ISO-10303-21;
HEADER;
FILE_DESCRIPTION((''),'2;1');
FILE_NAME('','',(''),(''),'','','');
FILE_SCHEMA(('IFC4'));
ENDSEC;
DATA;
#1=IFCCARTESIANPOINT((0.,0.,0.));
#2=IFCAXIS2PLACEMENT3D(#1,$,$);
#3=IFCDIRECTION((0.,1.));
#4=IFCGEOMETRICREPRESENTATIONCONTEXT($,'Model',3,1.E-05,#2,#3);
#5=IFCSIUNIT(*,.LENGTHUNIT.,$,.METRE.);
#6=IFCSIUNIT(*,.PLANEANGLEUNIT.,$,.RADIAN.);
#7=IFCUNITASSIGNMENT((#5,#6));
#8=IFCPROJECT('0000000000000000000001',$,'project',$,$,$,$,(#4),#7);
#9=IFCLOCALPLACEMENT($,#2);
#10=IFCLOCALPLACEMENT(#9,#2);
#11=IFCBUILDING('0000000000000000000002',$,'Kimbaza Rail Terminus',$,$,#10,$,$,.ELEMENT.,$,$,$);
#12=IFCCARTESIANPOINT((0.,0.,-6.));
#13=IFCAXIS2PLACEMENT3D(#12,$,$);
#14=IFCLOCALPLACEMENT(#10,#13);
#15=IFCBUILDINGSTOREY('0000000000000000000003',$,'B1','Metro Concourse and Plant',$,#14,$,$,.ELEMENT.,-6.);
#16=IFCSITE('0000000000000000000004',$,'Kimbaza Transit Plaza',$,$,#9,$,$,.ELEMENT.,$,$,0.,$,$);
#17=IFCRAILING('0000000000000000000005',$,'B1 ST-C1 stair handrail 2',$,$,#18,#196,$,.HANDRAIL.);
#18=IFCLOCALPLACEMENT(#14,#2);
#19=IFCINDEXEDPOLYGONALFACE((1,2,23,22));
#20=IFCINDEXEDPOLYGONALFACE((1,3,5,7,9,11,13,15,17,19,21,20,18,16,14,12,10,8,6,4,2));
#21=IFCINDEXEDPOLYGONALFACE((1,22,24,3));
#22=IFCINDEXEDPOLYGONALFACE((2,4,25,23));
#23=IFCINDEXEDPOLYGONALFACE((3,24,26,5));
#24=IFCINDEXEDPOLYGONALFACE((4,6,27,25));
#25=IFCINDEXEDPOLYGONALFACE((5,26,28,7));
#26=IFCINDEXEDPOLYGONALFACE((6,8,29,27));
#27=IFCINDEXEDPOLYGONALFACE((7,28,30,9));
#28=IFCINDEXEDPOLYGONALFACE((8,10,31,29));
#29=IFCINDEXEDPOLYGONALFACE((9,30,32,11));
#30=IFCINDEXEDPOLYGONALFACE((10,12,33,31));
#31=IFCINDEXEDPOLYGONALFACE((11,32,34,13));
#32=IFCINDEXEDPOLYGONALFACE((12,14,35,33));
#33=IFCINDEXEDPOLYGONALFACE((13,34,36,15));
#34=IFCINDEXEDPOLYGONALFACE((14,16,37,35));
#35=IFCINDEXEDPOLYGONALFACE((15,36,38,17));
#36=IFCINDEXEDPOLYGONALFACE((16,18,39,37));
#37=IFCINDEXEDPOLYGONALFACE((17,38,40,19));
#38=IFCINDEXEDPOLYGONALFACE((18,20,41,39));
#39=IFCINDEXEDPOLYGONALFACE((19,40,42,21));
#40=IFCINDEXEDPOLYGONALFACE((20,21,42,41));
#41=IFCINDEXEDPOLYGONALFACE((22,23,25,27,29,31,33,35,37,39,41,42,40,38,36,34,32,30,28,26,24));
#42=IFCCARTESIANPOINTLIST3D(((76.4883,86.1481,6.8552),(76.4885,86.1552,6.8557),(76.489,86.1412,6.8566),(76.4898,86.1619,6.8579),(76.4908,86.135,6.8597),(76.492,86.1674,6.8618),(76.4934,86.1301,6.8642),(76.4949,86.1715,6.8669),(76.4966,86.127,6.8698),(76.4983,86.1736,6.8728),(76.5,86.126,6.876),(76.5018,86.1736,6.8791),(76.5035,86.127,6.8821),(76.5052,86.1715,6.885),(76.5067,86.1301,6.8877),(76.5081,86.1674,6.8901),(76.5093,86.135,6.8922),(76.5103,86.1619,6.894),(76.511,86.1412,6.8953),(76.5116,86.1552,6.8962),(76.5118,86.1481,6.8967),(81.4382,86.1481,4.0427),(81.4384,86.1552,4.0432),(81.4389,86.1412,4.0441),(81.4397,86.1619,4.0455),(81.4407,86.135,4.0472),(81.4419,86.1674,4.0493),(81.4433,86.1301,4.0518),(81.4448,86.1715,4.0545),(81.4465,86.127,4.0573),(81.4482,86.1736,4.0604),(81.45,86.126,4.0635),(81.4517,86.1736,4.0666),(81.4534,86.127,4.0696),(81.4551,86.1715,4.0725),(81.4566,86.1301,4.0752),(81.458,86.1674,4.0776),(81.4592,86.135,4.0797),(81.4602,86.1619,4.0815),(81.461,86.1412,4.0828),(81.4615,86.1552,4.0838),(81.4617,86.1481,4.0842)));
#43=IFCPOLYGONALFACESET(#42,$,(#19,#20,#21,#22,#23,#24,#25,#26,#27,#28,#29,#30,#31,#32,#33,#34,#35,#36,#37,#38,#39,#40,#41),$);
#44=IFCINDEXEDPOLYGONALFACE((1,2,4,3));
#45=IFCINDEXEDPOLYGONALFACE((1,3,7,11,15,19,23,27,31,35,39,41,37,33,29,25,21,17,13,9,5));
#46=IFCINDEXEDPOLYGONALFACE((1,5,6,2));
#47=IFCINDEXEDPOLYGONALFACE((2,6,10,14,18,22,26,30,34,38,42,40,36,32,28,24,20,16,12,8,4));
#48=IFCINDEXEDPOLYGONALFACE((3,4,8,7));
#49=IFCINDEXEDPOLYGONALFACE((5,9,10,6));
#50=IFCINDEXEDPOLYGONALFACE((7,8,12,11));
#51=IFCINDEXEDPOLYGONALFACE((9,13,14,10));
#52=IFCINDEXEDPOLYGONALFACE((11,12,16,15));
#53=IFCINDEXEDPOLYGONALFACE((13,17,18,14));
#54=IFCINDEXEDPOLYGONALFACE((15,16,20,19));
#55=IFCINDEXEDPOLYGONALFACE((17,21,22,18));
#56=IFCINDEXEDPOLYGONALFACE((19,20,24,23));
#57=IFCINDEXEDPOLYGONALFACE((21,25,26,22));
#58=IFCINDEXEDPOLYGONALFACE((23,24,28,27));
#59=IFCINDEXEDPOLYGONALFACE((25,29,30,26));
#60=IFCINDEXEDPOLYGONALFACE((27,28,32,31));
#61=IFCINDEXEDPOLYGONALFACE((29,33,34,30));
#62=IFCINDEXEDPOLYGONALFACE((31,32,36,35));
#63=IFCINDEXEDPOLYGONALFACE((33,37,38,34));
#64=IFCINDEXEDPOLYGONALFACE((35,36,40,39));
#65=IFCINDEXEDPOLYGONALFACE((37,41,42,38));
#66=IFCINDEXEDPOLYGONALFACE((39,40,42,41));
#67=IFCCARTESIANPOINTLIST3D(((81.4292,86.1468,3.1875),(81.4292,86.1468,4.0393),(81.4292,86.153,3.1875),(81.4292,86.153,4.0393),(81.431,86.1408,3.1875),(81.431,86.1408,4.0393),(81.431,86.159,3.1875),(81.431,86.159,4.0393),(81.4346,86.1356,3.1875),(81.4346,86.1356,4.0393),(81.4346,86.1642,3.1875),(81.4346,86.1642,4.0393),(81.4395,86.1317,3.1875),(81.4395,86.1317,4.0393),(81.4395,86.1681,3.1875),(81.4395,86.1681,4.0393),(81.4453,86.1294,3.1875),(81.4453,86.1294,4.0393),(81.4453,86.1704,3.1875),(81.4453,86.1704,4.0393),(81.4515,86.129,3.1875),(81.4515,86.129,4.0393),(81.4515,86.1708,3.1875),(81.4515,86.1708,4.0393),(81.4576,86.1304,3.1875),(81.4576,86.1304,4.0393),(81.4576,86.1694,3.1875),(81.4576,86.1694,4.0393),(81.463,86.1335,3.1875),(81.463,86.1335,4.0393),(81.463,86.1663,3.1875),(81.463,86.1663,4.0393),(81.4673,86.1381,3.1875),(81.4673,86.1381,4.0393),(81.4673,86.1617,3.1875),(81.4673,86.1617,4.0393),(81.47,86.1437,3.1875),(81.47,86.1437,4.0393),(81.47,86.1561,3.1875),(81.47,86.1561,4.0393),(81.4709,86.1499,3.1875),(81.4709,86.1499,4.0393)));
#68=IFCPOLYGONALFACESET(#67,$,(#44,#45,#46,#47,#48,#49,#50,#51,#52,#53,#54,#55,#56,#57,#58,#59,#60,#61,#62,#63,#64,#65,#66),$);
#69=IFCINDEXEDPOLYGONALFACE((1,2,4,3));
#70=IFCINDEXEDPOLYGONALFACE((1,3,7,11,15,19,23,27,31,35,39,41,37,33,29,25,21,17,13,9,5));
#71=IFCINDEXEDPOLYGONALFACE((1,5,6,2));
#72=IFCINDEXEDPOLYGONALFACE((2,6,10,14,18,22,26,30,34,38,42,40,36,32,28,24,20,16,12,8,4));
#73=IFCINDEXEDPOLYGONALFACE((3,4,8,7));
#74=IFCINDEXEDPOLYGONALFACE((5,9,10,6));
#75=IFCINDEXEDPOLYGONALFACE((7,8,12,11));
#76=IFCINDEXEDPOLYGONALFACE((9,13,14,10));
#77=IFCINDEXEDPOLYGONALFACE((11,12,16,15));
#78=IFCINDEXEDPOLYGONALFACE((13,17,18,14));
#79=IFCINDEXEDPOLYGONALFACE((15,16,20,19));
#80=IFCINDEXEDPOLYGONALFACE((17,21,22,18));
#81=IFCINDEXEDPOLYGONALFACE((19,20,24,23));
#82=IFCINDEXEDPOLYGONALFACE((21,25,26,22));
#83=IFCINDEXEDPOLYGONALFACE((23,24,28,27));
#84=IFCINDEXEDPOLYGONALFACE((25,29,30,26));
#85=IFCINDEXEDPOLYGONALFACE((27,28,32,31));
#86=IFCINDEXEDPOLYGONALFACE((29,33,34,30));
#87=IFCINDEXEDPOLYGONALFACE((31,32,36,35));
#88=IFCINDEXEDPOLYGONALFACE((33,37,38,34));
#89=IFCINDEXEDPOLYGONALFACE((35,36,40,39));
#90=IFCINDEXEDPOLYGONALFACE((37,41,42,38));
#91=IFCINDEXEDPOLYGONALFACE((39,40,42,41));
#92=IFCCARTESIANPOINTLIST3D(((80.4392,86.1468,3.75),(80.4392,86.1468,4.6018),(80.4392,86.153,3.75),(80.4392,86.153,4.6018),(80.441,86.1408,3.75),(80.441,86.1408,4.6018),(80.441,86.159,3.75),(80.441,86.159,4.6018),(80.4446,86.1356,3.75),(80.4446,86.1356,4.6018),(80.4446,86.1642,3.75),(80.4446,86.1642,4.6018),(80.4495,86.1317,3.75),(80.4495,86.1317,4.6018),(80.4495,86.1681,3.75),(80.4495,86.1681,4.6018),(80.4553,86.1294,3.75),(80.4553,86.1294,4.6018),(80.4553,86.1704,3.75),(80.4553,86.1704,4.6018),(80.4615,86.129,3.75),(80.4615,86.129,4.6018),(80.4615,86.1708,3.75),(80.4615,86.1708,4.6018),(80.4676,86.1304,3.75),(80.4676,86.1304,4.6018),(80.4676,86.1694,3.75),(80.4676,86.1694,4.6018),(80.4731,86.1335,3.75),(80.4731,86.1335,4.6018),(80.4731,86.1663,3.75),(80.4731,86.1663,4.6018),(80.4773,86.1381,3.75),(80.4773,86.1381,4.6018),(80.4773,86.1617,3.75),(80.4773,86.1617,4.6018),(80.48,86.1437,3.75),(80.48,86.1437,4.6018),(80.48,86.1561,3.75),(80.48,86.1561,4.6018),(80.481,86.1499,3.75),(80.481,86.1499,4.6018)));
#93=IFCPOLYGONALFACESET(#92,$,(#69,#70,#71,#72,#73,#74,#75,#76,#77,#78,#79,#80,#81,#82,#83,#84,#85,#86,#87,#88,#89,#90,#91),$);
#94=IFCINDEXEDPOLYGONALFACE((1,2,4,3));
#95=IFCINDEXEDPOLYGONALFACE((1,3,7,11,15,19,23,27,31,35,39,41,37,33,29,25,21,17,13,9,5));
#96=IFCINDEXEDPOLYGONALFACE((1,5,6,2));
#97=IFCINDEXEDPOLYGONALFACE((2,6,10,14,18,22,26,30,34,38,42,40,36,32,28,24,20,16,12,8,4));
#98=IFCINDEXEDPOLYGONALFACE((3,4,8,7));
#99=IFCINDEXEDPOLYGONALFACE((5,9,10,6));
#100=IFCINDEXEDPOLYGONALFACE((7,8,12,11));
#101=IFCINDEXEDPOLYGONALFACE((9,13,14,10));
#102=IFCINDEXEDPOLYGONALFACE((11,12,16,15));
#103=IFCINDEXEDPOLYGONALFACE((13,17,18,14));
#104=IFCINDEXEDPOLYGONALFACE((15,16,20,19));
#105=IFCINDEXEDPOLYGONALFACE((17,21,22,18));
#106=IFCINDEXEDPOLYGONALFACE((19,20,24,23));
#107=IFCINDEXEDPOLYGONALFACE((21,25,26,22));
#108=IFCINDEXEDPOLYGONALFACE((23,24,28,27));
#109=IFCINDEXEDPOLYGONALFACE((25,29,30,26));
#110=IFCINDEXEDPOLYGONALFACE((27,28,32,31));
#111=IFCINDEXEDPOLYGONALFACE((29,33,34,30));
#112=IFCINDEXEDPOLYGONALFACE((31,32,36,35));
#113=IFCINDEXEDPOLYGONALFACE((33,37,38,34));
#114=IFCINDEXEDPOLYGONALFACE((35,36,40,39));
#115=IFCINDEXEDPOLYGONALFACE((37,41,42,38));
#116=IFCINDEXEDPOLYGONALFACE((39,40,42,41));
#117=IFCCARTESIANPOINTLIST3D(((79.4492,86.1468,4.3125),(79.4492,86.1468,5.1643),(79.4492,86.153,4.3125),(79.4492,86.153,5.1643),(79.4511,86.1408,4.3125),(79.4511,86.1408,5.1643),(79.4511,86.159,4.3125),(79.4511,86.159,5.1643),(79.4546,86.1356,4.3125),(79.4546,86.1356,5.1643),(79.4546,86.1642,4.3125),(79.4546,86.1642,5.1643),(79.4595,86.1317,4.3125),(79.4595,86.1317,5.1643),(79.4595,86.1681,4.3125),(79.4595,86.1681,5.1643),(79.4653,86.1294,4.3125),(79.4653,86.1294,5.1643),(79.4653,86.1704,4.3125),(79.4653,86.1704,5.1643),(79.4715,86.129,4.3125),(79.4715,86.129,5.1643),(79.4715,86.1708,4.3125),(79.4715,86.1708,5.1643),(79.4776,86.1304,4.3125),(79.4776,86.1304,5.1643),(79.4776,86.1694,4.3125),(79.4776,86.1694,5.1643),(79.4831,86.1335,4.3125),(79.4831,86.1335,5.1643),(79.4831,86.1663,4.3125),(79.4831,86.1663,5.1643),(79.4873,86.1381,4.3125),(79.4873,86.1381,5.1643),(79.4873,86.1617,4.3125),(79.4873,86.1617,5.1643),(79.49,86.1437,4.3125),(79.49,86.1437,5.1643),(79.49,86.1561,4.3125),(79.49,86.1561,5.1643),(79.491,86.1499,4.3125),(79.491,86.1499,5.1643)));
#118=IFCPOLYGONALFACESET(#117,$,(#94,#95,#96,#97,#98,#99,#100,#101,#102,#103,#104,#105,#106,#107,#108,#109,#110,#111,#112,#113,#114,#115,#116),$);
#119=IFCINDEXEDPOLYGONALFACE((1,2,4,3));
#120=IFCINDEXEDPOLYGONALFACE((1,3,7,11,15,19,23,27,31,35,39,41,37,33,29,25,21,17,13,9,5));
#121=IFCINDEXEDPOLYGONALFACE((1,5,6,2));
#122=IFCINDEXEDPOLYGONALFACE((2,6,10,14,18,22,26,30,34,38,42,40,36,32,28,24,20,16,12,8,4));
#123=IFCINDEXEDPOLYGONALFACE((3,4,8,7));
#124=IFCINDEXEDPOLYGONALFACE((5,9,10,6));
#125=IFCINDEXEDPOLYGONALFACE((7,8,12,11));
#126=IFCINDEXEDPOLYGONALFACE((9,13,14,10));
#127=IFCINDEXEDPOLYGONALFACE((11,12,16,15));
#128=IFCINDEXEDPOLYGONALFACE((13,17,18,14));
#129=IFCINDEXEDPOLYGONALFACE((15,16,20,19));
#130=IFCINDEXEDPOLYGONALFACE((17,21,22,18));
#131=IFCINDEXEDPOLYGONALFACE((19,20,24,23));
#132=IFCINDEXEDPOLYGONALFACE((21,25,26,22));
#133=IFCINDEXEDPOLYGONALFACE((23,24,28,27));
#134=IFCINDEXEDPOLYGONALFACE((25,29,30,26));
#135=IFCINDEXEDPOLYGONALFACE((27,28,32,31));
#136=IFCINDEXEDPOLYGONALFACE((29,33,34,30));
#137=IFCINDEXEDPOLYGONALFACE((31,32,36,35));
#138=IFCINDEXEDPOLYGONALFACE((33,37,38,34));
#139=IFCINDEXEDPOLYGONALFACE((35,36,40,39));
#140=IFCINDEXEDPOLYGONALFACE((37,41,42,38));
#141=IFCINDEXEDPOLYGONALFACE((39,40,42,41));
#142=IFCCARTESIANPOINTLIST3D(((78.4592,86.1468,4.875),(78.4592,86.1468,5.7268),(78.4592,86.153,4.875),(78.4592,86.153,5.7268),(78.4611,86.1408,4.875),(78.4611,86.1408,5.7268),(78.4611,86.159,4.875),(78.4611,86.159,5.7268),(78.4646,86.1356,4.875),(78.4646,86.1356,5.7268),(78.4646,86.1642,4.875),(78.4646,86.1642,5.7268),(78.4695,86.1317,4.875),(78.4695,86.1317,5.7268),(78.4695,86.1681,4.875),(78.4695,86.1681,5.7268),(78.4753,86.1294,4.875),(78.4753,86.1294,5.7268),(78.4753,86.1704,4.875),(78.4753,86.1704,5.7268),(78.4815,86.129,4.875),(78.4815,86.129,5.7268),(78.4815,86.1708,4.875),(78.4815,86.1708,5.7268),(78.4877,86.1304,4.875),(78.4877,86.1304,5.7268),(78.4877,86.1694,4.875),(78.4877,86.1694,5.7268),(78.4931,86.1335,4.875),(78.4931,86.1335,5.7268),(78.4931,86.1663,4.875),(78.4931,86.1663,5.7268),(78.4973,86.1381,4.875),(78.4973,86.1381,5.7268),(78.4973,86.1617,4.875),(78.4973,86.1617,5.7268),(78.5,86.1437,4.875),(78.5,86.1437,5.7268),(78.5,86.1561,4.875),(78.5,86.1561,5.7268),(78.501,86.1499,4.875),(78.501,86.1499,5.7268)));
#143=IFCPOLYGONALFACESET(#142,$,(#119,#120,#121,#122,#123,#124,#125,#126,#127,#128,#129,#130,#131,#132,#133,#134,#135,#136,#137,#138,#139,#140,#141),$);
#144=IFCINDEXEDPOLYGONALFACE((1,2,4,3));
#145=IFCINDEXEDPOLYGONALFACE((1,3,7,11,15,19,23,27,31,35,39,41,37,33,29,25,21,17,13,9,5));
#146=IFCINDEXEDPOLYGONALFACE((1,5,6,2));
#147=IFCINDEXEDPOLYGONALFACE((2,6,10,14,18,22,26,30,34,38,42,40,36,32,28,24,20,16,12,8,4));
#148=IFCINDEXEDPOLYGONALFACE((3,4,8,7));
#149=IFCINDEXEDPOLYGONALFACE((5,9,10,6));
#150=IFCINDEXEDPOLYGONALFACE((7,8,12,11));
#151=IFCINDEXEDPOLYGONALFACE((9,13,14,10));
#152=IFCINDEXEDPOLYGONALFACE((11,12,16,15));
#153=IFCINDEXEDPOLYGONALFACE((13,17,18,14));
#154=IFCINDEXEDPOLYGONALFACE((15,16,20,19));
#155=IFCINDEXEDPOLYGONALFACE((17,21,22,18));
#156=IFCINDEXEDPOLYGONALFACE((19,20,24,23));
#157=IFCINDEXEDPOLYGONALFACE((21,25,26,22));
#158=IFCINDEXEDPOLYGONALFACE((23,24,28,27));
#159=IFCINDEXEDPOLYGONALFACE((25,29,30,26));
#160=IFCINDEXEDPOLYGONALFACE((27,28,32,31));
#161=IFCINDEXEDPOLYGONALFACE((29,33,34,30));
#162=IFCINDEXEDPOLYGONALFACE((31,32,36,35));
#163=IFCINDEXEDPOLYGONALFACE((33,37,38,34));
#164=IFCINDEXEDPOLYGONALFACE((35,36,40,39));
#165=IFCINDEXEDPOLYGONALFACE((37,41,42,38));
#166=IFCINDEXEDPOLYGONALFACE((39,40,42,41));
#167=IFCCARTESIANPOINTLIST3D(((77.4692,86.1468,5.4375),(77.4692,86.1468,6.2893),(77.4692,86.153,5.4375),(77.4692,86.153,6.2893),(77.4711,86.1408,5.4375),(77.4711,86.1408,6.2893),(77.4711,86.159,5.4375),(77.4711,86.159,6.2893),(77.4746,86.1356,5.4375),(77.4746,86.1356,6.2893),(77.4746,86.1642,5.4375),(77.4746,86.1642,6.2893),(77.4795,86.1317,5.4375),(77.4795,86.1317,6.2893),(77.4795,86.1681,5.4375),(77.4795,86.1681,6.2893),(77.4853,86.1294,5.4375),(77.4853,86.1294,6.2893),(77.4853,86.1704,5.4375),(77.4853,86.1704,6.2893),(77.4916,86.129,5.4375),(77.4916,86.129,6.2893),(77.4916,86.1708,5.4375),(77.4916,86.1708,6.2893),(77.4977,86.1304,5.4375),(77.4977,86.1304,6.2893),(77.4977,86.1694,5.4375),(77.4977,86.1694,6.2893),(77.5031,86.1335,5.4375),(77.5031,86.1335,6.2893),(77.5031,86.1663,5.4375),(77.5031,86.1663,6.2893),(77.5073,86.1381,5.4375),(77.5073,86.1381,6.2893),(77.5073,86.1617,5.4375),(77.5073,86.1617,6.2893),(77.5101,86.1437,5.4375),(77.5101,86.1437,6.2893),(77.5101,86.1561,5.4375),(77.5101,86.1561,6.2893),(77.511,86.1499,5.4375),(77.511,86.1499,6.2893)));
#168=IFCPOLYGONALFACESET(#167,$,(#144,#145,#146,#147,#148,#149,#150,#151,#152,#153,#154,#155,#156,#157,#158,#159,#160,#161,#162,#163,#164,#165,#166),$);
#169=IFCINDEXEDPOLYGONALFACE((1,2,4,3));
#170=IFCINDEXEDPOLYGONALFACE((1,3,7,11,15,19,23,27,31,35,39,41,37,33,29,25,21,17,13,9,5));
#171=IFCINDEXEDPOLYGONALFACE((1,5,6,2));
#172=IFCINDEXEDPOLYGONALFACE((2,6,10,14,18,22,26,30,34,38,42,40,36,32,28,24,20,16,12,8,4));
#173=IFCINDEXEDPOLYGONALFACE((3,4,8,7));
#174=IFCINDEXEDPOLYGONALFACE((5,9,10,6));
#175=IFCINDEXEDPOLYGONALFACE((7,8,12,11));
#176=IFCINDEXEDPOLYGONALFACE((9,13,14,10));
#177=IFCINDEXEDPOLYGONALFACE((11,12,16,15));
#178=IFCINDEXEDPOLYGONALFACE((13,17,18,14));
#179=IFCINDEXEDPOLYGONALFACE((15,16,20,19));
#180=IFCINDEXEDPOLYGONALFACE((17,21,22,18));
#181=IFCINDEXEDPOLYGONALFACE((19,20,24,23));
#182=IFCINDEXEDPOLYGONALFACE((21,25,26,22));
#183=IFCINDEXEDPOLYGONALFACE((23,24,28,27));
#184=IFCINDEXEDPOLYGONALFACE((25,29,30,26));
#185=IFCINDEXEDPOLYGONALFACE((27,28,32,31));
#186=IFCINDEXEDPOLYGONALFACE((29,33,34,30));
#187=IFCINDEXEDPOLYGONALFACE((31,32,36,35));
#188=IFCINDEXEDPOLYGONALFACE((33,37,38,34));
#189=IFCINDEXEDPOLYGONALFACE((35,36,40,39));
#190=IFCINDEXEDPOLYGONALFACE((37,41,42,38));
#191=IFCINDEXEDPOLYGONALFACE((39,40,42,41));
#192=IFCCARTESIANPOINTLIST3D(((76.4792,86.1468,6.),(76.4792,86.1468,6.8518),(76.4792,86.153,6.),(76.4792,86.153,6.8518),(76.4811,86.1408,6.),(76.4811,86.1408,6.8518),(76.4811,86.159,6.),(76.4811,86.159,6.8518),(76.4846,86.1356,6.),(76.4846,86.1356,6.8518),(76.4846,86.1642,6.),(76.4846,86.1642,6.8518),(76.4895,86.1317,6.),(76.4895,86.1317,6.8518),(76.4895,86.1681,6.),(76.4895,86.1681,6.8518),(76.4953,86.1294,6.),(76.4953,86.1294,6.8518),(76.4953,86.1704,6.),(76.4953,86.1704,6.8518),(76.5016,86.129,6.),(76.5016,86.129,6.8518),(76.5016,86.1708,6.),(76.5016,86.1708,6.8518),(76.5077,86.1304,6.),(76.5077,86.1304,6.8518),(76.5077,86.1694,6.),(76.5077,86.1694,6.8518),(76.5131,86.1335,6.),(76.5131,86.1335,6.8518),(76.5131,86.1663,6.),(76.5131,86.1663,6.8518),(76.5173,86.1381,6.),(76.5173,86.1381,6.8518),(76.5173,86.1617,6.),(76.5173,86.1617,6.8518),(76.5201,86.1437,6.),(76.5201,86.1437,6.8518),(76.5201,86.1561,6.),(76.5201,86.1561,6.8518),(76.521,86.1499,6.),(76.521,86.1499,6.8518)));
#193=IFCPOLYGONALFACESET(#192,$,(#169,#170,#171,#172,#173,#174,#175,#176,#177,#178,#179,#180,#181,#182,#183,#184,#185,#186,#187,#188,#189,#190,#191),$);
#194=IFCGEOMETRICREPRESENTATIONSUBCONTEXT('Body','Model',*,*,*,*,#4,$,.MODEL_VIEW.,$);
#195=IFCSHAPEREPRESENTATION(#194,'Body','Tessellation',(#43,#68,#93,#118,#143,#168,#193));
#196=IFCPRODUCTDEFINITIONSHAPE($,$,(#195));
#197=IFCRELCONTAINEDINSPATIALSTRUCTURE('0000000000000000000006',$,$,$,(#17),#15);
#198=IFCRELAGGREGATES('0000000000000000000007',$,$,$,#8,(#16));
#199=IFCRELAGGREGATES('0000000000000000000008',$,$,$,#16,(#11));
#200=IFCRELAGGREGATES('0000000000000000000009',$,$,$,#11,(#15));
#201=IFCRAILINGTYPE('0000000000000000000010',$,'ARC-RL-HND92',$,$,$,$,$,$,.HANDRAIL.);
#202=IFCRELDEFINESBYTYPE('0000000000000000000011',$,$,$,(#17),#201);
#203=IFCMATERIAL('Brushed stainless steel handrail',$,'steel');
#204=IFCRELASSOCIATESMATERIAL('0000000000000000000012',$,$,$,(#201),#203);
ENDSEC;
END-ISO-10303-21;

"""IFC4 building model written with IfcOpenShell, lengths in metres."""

from ifc_helpers import new_model, si_unit, direction, frame, origin, origin_2d, place, context, subcontext, project, spatial, circle, extrude, material, type_object, element, save


model = new_model("IFC4")

# Units and contexts
model_context = context("Model", 3, precision=1e-05, world=origin(), true_north=direction((0.0, 1.0)))
body_context = subcontext(model_context, "Body", "Model", "MODEL_VIEW")
ifc_project = project(units=[si_unit("LENGTHUNIT", "METRE"), si_unit("PLANEANGLEUNIT", "RADIAN")], contexts=[model_context])

# Site, building, storey
site_placement = place(None, origin())
site = spatial("IfcSite", under=ifc_project, at=site_placement, Name="Kimbaza Transit Plaza", CompositionType="ELEMENT", RefElevation=0.0)
building_placement = place(site_placement, origin())
building = spatial("IfcBuilding", under=site, at=building_placement, Name="Kimbaza Rail Terminus", CompositionType="ELEMENT")
storey_placement = place(building_placement, frame((0.0, 0.0, -6.0)))
storey = spatial("IfcBuildingStorey", under=building, at=storey_placement, Name="B1", Description="Metro Concourse and Plant", CompositionType="ELEMENT", Elevation=-6.0)

# Railing
ifc_material_1 = material(Name="Brushed stainless steel handrail", Category="steel")
railing_type = type_object("IfcRailingType", Name="ARC-RL-HND92", PredefinedType="HANDRAIL", material=ifc_material_1)
railing_placement = place(storey_placement, frame((81.45, 86.1499, 3.1875)))
element("IfcRailing", 1, at=railing_placement, inside=storey, type_object=railing_type, Name="B1 ST-C1 stair handrail 2", PredefinedType="HANDRAIL", context=body_context, shape_type="SweptSolid", body=[
    extrude(circle(Radius=0.0239, at=origin_2d()), frame((0.0, 0.0, 0.876), z_axis=(-0.869454, 0.0, 0.494013), x_axis=(0.0, -1.0, 0.0)), (0.0, 0.0, 1.0), 5.6931),
    extrude(circle(Radius=0.021, at=origin_2d()), origin(), (0.0, 0.0, 1.0), 0.8518),
    extrude(circle(Radius=0.021, at=origin_2d()), frame((-0.99, 0.0, 0.5625)), (0.0, 0.0, 1.0), 0.8518),
    extrude(circle(Radius=0.021, at=origin_2d()), frame((-1.98, 0.0, 1.125)), (0.0, 0.0, 1.0), 0.8518),
    extrude(circle(Radius=0.021, at=origin_2d()), frame((-2.97, 0.0, 1.6875)), (0.0, 0.0, 1.0), 0.8518),
    extrude(circle(Radius=0.021, at=origin_2d()), frame((-3.96, 0.0, 2.25)), (0.0, 0.0, 1.0), 0.8518),
    extrude(circle(Radius=0.021, at=origin_2d()), frame((-4.95, 0.0, 2.8125)), (0.0, 0.0, 1.0), 0.8518),
])

save(model, "model.ifc")
